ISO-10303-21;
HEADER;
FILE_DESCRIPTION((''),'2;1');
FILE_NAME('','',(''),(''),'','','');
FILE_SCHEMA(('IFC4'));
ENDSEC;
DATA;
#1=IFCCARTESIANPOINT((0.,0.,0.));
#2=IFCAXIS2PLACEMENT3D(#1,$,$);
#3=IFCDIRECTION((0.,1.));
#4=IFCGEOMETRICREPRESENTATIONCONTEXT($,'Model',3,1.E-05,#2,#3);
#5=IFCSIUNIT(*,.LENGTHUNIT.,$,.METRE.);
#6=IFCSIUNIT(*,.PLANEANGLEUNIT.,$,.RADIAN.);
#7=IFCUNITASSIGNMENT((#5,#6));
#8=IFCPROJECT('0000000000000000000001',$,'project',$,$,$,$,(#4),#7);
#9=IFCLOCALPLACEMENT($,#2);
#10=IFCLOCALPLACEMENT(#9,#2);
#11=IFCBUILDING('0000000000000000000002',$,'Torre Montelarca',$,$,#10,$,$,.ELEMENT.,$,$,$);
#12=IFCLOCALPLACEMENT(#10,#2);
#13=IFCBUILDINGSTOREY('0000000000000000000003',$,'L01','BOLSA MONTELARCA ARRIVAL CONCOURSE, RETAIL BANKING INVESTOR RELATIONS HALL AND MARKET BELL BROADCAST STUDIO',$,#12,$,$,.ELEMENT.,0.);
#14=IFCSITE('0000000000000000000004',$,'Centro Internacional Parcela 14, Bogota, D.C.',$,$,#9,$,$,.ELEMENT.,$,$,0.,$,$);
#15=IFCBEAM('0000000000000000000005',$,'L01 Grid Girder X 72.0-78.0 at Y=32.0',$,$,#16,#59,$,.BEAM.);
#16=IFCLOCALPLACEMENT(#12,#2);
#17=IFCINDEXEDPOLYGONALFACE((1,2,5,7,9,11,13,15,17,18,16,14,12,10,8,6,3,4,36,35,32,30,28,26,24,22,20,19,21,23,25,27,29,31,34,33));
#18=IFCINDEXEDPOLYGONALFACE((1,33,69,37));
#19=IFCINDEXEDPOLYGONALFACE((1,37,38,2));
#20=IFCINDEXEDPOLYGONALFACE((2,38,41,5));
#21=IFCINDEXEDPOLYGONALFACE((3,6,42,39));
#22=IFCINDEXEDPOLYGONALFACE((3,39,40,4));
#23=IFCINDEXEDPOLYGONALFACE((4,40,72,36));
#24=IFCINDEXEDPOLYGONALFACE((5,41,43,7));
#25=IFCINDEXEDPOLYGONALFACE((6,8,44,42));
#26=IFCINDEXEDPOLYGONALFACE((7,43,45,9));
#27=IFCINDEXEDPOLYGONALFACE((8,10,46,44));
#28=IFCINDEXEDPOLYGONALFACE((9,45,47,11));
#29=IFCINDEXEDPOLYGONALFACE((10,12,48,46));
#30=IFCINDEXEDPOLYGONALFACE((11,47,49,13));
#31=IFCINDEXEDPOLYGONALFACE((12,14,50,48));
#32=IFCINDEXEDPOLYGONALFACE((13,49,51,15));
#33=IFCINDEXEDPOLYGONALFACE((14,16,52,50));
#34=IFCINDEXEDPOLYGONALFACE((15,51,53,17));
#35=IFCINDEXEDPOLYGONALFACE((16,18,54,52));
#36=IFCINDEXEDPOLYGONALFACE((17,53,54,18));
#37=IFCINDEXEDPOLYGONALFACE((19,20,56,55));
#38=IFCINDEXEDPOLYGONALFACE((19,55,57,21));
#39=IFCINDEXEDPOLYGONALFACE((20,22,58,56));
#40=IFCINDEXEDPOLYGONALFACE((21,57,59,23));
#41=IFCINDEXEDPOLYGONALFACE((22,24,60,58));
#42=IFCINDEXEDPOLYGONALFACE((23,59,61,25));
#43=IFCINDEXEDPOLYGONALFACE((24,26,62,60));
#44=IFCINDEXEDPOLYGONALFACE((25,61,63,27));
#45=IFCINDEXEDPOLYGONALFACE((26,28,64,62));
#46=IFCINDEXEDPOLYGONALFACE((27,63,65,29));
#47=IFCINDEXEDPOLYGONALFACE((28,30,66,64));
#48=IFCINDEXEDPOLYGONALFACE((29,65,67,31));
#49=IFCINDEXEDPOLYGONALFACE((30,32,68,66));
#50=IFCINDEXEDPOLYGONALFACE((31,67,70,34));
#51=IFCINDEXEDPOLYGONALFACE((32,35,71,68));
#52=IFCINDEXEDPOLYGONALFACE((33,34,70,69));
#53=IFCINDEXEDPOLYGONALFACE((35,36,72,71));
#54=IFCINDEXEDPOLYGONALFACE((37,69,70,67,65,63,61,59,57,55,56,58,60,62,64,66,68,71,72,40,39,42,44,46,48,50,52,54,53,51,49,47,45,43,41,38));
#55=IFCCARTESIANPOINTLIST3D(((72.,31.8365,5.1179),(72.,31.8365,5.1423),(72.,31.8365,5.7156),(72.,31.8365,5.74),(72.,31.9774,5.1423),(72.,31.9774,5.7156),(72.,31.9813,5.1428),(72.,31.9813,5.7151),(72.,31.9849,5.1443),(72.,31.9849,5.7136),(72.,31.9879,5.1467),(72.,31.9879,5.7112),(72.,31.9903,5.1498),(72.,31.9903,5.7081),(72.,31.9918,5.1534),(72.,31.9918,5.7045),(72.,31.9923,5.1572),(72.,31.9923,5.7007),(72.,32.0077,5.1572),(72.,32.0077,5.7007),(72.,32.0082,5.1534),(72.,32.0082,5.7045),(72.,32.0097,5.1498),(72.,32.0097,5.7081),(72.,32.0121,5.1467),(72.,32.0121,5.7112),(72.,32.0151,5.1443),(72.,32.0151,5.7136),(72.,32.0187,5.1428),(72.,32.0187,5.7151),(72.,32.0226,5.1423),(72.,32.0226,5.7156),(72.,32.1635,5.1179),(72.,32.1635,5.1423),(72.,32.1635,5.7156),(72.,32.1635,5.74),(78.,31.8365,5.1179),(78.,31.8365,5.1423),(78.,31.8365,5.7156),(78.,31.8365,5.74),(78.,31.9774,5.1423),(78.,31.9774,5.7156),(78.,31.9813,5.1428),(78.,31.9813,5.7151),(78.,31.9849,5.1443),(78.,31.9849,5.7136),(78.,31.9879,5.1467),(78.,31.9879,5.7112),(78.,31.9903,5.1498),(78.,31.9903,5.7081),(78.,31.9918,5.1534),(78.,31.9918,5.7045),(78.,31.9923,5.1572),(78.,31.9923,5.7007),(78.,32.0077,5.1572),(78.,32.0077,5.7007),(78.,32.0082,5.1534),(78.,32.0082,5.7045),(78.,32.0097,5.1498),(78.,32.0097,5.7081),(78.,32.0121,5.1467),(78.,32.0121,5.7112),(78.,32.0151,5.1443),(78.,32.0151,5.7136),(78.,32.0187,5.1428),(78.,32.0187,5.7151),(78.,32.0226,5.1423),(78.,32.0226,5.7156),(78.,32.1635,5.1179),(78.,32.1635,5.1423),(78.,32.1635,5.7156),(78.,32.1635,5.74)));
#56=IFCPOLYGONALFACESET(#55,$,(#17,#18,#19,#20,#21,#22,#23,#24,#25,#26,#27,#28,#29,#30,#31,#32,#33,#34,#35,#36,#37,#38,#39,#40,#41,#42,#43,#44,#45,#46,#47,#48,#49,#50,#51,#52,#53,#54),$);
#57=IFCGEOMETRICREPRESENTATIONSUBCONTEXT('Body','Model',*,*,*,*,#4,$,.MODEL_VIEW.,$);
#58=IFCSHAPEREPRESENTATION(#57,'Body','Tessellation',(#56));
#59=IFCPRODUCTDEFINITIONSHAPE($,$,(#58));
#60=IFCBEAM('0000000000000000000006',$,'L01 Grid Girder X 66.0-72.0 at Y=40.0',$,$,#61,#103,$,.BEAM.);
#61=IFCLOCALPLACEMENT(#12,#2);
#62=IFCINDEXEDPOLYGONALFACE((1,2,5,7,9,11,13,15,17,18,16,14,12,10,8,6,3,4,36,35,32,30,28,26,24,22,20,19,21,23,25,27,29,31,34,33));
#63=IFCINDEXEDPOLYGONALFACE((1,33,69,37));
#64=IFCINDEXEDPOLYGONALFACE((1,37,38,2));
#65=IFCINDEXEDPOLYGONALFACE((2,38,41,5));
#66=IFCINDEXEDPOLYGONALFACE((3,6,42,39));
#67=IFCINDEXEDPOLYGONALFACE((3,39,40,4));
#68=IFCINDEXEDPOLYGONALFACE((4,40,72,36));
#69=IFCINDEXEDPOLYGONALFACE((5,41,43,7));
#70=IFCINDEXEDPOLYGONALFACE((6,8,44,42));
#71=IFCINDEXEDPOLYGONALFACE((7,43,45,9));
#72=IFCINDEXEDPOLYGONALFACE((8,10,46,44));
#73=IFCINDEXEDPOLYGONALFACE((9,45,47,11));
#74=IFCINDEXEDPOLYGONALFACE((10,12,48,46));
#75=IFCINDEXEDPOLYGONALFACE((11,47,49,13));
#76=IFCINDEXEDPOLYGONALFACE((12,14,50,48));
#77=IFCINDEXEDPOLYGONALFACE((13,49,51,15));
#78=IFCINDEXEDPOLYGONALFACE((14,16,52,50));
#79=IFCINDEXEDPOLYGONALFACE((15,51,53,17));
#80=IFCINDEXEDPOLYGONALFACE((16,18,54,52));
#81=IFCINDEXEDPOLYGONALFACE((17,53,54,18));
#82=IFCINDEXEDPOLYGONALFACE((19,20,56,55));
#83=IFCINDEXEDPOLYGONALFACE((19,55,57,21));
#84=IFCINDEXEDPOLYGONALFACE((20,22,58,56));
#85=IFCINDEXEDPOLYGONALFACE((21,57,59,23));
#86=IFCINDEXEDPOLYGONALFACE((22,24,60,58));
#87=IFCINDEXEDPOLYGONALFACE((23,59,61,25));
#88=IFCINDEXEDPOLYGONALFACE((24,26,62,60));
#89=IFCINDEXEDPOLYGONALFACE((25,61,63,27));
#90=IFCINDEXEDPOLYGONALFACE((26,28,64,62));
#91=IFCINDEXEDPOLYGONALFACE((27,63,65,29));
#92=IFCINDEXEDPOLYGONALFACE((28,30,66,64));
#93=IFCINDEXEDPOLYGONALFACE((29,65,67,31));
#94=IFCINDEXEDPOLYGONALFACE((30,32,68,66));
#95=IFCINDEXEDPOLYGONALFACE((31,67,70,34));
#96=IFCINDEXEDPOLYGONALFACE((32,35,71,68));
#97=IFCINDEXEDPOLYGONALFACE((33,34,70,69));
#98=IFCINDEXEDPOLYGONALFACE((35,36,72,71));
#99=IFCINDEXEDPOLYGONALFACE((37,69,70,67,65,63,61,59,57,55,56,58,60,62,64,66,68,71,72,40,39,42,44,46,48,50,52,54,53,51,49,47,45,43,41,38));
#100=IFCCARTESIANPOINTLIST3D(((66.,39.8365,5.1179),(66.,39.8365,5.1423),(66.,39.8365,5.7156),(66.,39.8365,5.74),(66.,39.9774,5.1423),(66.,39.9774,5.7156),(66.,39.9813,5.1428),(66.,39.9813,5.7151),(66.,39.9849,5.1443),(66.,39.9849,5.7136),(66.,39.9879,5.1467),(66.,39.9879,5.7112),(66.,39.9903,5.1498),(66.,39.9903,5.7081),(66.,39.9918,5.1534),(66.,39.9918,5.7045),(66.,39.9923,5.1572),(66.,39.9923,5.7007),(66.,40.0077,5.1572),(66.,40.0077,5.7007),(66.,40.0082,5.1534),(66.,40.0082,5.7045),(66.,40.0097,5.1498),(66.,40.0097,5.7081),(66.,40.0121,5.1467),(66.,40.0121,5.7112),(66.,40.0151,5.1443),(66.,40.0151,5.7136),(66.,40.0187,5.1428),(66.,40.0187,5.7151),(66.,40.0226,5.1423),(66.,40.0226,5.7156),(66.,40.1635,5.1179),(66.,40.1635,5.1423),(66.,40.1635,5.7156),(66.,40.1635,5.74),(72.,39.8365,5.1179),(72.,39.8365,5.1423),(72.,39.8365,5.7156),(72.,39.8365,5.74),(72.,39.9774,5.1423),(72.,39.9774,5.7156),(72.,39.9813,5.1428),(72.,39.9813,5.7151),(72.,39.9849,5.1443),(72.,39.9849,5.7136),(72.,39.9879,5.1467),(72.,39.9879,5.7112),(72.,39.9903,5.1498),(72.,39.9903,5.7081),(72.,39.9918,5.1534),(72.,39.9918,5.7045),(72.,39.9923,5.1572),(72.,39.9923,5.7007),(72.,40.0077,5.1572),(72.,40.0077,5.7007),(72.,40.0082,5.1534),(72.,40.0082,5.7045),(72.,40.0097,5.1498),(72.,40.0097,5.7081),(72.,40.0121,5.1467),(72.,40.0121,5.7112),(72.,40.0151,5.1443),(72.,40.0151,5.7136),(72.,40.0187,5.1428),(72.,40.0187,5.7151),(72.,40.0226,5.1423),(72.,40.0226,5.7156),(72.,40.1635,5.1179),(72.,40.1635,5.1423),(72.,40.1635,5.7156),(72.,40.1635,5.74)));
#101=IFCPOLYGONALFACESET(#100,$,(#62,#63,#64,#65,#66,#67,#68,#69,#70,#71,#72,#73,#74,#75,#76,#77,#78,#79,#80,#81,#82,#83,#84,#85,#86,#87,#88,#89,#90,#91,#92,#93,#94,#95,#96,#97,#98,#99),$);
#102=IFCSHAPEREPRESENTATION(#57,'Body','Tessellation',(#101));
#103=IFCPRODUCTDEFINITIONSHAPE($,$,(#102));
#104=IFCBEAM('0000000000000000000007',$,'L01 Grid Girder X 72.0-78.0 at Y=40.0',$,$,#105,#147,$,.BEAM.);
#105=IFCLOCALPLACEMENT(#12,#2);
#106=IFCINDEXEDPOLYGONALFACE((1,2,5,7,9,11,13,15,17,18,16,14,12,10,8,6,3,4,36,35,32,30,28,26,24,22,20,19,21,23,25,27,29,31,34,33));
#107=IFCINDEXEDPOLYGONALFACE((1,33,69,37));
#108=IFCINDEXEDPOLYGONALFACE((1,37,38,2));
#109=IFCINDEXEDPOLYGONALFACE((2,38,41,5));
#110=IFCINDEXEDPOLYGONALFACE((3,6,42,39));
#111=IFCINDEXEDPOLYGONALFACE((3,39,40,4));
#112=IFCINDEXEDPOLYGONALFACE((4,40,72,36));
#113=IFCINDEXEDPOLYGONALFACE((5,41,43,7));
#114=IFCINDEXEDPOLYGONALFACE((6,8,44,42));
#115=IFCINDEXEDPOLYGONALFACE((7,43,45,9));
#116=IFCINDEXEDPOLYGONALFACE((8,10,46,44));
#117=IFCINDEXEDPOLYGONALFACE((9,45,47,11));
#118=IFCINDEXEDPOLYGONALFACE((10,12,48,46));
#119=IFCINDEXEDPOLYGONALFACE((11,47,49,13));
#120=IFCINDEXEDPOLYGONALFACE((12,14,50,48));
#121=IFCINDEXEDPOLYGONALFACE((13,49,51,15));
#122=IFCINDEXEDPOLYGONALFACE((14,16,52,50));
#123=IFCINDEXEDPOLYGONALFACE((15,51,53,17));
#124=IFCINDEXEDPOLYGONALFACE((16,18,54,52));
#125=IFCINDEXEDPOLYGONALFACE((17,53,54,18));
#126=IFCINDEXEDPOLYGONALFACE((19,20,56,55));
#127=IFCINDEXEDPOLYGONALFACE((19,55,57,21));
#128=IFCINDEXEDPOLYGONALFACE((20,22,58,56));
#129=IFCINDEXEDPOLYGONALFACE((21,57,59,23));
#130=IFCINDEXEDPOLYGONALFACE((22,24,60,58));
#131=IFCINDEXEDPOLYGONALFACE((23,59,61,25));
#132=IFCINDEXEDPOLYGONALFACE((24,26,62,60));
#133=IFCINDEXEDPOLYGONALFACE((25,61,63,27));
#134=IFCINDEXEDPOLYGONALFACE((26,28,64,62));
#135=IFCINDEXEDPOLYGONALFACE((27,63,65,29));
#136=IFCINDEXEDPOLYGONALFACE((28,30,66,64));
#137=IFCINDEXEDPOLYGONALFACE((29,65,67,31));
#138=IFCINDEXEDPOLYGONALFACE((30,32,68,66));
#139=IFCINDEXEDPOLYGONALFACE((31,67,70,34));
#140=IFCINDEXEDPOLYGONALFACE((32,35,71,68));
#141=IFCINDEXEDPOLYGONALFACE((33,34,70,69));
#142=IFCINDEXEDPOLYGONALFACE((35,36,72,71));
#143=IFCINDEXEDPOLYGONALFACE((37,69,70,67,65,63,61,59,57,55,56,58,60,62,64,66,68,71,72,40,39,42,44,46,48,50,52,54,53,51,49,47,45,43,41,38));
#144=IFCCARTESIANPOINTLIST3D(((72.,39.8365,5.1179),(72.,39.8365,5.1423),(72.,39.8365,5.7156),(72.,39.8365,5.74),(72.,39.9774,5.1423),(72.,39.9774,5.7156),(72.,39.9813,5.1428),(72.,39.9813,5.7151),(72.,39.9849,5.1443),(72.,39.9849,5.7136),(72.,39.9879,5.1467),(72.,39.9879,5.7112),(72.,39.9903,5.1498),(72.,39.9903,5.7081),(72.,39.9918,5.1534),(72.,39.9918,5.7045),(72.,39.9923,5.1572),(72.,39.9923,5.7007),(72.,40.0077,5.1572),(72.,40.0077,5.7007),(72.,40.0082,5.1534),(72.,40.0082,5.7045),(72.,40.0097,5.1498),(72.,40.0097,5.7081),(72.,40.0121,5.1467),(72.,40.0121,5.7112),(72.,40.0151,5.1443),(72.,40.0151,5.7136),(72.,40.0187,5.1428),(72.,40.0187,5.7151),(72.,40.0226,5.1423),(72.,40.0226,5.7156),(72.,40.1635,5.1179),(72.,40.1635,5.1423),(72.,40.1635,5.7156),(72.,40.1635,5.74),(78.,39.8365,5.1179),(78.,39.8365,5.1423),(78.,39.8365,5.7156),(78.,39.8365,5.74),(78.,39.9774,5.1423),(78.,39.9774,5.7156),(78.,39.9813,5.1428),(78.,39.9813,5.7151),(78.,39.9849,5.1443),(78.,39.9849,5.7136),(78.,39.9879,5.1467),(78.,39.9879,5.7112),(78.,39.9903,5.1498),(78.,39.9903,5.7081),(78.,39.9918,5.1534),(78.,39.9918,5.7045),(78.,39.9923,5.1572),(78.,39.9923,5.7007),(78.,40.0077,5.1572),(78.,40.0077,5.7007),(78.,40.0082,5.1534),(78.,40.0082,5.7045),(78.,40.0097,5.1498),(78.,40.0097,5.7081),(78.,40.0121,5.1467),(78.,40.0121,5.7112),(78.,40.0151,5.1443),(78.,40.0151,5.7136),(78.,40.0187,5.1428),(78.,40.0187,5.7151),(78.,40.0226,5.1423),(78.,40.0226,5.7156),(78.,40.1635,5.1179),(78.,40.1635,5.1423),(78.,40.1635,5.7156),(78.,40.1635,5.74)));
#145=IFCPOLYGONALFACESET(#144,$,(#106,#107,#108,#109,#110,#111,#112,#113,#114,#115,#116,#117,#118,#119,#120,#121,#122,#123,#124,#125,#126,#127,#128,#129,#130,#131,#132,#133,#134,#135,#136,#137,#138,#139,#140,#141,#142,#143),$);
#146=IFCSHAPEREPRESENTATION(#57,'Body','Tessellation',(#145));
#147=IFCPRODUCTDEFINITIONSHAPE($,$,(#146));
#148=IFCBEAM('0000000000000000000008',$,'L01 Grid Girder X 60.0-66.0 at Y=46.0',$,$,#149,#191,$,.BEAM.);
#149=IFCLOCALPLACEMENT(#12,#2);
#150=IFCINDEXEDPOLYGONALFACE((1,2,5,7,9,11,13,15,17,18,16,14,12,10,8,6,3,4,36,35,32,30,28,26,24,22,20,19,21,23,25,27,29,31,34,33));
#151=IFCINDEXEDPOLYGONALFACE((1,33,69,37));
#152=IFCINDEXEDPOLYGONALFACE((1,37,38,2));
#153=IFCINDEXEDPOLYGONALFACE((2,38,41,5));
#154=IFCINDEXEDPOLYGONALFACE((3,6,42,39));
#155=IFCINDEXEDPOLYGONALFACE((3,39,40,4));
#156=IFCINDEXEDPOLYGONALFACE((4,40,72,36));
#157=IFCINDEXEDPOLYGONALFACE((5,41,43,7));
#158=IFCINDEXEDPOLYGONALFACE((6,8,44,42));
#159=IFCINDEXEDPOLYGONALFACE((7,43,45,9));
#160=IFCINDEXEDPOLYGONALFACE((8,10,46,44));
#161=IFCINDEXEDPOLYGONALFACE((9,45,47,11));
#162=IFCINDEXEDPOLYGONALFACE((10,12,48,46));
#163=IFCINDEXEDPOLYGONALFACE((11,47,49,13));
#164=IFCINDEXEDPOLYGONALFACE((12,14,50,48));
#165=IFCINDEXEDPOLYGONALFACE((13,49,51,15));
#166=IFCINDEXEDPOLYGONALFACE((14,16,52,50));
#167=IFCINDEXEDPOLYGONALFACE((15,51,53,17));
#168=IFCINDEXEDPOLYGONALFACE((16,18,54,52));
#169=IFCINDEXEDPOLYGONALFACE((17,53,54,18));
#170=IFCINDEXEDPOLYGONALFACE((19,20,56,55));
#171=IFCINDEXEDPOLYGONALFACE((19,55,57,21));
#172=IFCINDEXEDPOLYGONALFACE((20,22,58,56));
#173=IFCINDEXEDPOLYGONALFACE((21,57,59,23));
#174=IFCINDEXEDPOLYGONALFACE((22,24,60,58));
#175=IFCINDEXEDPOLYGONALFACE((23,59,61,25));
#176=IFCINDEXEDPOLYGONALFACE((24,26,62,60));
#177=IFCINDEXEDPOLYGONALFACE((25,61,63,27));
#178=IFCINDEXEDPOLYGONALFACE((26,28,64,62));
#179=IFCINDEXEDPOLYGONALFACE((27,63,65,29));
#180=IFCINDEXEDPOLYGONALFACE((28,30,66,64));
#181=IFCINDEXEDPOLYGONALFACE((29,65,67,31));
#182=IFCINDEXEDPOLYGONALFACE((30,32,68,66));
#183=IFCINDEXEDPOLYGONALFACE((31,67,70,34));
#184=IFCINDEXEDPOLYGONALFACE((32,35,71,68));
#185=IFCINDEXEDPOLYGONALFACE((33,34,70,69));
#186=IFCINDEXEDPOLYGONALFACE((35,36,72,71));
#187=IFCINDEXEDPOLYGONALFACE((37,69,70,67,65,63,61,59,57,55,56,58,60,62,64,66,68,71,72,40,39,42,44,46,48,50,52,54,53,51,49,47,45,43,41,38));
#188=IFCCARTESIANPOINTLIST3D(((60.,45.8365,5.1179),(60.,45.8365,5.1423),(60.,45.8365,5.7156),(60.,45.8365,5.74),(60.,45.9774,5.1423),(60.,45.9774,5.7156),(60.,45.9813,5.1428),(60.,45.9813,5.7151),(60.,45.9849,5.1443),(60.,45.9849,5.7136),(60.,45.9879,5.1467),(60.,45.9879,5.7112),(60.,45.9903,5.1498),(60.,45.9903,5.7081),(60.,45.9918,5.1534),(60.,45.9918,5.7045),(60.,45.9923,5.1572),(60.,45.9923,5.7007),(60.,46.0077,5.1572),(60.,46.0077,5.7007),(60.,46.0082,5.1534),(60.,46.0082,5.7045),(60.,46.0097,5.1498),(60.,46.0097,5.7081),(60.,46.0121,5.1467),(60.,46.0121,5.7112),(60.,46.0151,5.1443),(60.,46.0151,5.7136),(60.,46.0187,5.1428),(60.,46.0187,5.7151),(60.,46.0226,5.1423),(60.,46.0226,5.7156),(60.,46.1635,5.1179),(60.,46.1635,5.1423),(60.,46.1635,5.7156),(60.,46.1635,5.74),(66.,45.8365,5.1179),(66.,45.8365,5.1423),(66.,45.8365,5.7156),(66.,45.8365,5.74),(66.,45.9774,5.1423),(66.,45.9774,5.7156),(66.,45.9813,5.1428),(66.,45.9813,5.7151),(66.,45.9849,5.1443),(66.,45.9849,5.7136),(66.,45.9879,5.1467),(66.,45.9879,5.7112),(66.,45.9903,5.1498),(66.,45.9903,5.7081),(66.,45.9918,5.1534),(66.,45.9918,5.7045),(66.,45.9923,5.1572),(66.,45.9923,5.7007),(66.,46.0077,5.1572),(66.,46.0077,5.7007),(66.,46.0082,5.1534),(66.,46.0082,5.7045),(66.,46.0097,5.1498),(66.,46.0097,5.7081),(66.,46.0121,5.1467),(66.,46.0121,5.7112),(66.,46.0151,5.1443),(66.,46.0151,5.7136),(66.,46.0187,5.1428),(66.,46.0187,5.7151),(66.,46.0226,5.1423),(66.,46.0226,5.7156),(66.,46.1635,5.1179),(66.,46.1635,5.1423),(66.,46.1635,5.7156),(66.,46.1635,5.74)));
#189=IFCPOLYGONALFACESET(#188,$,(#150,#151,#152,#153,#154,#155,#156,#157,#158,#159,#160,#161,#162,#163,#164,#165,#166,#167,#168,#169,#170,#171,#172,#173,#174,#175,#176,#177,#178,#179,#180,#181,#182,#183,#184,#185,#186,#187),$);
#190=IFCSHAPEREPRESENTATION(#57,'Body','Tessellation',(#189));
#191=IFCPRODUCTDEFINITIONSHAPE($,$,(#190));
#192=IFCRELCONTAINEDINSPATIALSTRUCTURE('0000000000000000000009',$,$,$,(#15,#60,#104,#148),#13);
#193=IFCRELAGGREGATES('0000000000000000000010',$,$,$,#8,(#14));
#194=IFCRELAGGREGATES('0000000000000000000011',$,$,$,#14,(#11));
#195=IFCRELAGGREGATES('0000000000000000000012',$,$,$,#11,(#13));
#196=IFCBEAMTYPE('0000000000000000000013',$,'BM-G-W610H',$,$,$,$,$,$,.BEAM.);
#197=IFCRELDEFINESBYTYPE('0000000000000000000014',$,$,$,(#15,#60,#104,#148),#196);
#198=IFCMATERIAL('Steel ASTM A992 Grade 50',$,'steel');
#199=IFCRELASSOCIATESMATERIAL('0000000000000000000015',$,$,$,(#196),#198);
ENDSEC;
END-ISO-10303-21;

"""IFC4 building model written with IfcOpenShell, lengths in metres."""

from ifc_helpers import new_model, si_unit, direction, frame, origin, origin_2d, place, context, subcontext, project, spatial, i_section, extrude, source, transform, mapped, material, material_profile, profile_set, type_object, element, save


model = new_model("IFC4")

# Units and contexts
model_context = context("Model", 3, precision=1e-05, world=origin(), true_north=direction((0.0, 1.0)))
body_context = subcontext(model_context, "Body", "Model", "MODEL_VIEW")
ifc_project = project(units=[si_unit("LENGTHUNIT", "METRE"), si_unit("PLANEANGLEUNIT", "RADIAN")], contexts=[model_context])

# Site, building, storey
site_placement = place(None, origin())
site = spatial("IfcSite", under=ifc_project, at=site_placement, Name="Centro Internacional Parcela 14, Bogota, D.C.", CompositionType="ELEMENT", RefElevation=0.0)
building_placement = place(site_placement, origin())
building = spatial("IfcBuilding", under=site, at=building_placement, Name="Torre Montelarca", CompositionType="ELEMENT")
storey_placement = place(building_placement, origin())
storey = spatial("IfcBuildingStorey", under=building, at=storey_placement, Name="L01", Description="BOLSA MONTELARCA ARRIVAL CONCOURSE, RETAIL BANKING INVESTOR RELATIONS HALL AND MARKET BELL BROADCAST STUDIO", CompositionType="ELEMENT", Elevation=0.0)

# Shared definitions
ifc_material_1 = material(Name="Steel ASTM A992 Grade 50", Category="steel")

# Beams
ifc_material_profile_1 = material_profile(ifc_material_1, i_section(OverallWidth=0.3269, OverallDepth=0.6221, WebThickness=0.0154, FlangeThickness=0.0244, FilletRadius=0.0149, at=origin_2d()), Name="W610X195", Category="steel")
ifc_profile_set_1 = profile_set([ifc_material_profile_1], Name="Steel ASTM A992 Grade 50")
beam_type_1 = type_object("IfcBeamType", Name="BM-G-W610H", PredefinedType="BEAM", material=ifc_profile_set_1)
shared_shape_1 = source(origin(), body_context, "Body", "SweptSolid", [
    extrude(i_section(OverallWidth=0.3269, OverallDepth=0.6221, WebThickness=0.0154, FlangeThickness=0.0244, FilletRadius=0.0149, at=origin_2d()), origin(), (0.0, 0.0, 1.0), 6.0),
])
for number, where, z_axis, x_axis, name in (
    (1, (72.0, 32.0, 5.429), (1.0, 0.0, 0.0), (0.0, 1.0, 0.0), "L01 Grid Girder X 72.0-78.0 at Y=32.0"),
    (2, (66.0, 40.0, 5.429), (1.0, 0.0, 0.0), (0.0, 1.0, 0.0), "L01 Grid Girder X 66.0-72.0 at Y=40.0"),
    (3, (72.0, 40.0, 5.429), (1.0, 0.0, 0.0), (0.0, 1.0, 0.0), "L01 Grid Girder X 72.0-78.0 at Y=40.0"),
    (4, (60.0, 46.0, 5.429), (1.0, 0.0, 0.0), (0.0, 1.0, 0.0), "L01 Grid Girder X 60.0-66.0 at Y=46.0"),
):
    element("IfcBeam", number, at=place(storey_placement, frame(where, z_axis=z_axis, x_axis=x_axis)), inside=storey, type_object=beam_type_1, Name=name, PredefinedType="BEAM", context=body_context, shape_type="MappedRepresentation", body=[
        mapped(shared_shape_1, transform((0.0, 0.0, 0.0), scale=1.0)),
    ])

save(model, "model.ifc")
